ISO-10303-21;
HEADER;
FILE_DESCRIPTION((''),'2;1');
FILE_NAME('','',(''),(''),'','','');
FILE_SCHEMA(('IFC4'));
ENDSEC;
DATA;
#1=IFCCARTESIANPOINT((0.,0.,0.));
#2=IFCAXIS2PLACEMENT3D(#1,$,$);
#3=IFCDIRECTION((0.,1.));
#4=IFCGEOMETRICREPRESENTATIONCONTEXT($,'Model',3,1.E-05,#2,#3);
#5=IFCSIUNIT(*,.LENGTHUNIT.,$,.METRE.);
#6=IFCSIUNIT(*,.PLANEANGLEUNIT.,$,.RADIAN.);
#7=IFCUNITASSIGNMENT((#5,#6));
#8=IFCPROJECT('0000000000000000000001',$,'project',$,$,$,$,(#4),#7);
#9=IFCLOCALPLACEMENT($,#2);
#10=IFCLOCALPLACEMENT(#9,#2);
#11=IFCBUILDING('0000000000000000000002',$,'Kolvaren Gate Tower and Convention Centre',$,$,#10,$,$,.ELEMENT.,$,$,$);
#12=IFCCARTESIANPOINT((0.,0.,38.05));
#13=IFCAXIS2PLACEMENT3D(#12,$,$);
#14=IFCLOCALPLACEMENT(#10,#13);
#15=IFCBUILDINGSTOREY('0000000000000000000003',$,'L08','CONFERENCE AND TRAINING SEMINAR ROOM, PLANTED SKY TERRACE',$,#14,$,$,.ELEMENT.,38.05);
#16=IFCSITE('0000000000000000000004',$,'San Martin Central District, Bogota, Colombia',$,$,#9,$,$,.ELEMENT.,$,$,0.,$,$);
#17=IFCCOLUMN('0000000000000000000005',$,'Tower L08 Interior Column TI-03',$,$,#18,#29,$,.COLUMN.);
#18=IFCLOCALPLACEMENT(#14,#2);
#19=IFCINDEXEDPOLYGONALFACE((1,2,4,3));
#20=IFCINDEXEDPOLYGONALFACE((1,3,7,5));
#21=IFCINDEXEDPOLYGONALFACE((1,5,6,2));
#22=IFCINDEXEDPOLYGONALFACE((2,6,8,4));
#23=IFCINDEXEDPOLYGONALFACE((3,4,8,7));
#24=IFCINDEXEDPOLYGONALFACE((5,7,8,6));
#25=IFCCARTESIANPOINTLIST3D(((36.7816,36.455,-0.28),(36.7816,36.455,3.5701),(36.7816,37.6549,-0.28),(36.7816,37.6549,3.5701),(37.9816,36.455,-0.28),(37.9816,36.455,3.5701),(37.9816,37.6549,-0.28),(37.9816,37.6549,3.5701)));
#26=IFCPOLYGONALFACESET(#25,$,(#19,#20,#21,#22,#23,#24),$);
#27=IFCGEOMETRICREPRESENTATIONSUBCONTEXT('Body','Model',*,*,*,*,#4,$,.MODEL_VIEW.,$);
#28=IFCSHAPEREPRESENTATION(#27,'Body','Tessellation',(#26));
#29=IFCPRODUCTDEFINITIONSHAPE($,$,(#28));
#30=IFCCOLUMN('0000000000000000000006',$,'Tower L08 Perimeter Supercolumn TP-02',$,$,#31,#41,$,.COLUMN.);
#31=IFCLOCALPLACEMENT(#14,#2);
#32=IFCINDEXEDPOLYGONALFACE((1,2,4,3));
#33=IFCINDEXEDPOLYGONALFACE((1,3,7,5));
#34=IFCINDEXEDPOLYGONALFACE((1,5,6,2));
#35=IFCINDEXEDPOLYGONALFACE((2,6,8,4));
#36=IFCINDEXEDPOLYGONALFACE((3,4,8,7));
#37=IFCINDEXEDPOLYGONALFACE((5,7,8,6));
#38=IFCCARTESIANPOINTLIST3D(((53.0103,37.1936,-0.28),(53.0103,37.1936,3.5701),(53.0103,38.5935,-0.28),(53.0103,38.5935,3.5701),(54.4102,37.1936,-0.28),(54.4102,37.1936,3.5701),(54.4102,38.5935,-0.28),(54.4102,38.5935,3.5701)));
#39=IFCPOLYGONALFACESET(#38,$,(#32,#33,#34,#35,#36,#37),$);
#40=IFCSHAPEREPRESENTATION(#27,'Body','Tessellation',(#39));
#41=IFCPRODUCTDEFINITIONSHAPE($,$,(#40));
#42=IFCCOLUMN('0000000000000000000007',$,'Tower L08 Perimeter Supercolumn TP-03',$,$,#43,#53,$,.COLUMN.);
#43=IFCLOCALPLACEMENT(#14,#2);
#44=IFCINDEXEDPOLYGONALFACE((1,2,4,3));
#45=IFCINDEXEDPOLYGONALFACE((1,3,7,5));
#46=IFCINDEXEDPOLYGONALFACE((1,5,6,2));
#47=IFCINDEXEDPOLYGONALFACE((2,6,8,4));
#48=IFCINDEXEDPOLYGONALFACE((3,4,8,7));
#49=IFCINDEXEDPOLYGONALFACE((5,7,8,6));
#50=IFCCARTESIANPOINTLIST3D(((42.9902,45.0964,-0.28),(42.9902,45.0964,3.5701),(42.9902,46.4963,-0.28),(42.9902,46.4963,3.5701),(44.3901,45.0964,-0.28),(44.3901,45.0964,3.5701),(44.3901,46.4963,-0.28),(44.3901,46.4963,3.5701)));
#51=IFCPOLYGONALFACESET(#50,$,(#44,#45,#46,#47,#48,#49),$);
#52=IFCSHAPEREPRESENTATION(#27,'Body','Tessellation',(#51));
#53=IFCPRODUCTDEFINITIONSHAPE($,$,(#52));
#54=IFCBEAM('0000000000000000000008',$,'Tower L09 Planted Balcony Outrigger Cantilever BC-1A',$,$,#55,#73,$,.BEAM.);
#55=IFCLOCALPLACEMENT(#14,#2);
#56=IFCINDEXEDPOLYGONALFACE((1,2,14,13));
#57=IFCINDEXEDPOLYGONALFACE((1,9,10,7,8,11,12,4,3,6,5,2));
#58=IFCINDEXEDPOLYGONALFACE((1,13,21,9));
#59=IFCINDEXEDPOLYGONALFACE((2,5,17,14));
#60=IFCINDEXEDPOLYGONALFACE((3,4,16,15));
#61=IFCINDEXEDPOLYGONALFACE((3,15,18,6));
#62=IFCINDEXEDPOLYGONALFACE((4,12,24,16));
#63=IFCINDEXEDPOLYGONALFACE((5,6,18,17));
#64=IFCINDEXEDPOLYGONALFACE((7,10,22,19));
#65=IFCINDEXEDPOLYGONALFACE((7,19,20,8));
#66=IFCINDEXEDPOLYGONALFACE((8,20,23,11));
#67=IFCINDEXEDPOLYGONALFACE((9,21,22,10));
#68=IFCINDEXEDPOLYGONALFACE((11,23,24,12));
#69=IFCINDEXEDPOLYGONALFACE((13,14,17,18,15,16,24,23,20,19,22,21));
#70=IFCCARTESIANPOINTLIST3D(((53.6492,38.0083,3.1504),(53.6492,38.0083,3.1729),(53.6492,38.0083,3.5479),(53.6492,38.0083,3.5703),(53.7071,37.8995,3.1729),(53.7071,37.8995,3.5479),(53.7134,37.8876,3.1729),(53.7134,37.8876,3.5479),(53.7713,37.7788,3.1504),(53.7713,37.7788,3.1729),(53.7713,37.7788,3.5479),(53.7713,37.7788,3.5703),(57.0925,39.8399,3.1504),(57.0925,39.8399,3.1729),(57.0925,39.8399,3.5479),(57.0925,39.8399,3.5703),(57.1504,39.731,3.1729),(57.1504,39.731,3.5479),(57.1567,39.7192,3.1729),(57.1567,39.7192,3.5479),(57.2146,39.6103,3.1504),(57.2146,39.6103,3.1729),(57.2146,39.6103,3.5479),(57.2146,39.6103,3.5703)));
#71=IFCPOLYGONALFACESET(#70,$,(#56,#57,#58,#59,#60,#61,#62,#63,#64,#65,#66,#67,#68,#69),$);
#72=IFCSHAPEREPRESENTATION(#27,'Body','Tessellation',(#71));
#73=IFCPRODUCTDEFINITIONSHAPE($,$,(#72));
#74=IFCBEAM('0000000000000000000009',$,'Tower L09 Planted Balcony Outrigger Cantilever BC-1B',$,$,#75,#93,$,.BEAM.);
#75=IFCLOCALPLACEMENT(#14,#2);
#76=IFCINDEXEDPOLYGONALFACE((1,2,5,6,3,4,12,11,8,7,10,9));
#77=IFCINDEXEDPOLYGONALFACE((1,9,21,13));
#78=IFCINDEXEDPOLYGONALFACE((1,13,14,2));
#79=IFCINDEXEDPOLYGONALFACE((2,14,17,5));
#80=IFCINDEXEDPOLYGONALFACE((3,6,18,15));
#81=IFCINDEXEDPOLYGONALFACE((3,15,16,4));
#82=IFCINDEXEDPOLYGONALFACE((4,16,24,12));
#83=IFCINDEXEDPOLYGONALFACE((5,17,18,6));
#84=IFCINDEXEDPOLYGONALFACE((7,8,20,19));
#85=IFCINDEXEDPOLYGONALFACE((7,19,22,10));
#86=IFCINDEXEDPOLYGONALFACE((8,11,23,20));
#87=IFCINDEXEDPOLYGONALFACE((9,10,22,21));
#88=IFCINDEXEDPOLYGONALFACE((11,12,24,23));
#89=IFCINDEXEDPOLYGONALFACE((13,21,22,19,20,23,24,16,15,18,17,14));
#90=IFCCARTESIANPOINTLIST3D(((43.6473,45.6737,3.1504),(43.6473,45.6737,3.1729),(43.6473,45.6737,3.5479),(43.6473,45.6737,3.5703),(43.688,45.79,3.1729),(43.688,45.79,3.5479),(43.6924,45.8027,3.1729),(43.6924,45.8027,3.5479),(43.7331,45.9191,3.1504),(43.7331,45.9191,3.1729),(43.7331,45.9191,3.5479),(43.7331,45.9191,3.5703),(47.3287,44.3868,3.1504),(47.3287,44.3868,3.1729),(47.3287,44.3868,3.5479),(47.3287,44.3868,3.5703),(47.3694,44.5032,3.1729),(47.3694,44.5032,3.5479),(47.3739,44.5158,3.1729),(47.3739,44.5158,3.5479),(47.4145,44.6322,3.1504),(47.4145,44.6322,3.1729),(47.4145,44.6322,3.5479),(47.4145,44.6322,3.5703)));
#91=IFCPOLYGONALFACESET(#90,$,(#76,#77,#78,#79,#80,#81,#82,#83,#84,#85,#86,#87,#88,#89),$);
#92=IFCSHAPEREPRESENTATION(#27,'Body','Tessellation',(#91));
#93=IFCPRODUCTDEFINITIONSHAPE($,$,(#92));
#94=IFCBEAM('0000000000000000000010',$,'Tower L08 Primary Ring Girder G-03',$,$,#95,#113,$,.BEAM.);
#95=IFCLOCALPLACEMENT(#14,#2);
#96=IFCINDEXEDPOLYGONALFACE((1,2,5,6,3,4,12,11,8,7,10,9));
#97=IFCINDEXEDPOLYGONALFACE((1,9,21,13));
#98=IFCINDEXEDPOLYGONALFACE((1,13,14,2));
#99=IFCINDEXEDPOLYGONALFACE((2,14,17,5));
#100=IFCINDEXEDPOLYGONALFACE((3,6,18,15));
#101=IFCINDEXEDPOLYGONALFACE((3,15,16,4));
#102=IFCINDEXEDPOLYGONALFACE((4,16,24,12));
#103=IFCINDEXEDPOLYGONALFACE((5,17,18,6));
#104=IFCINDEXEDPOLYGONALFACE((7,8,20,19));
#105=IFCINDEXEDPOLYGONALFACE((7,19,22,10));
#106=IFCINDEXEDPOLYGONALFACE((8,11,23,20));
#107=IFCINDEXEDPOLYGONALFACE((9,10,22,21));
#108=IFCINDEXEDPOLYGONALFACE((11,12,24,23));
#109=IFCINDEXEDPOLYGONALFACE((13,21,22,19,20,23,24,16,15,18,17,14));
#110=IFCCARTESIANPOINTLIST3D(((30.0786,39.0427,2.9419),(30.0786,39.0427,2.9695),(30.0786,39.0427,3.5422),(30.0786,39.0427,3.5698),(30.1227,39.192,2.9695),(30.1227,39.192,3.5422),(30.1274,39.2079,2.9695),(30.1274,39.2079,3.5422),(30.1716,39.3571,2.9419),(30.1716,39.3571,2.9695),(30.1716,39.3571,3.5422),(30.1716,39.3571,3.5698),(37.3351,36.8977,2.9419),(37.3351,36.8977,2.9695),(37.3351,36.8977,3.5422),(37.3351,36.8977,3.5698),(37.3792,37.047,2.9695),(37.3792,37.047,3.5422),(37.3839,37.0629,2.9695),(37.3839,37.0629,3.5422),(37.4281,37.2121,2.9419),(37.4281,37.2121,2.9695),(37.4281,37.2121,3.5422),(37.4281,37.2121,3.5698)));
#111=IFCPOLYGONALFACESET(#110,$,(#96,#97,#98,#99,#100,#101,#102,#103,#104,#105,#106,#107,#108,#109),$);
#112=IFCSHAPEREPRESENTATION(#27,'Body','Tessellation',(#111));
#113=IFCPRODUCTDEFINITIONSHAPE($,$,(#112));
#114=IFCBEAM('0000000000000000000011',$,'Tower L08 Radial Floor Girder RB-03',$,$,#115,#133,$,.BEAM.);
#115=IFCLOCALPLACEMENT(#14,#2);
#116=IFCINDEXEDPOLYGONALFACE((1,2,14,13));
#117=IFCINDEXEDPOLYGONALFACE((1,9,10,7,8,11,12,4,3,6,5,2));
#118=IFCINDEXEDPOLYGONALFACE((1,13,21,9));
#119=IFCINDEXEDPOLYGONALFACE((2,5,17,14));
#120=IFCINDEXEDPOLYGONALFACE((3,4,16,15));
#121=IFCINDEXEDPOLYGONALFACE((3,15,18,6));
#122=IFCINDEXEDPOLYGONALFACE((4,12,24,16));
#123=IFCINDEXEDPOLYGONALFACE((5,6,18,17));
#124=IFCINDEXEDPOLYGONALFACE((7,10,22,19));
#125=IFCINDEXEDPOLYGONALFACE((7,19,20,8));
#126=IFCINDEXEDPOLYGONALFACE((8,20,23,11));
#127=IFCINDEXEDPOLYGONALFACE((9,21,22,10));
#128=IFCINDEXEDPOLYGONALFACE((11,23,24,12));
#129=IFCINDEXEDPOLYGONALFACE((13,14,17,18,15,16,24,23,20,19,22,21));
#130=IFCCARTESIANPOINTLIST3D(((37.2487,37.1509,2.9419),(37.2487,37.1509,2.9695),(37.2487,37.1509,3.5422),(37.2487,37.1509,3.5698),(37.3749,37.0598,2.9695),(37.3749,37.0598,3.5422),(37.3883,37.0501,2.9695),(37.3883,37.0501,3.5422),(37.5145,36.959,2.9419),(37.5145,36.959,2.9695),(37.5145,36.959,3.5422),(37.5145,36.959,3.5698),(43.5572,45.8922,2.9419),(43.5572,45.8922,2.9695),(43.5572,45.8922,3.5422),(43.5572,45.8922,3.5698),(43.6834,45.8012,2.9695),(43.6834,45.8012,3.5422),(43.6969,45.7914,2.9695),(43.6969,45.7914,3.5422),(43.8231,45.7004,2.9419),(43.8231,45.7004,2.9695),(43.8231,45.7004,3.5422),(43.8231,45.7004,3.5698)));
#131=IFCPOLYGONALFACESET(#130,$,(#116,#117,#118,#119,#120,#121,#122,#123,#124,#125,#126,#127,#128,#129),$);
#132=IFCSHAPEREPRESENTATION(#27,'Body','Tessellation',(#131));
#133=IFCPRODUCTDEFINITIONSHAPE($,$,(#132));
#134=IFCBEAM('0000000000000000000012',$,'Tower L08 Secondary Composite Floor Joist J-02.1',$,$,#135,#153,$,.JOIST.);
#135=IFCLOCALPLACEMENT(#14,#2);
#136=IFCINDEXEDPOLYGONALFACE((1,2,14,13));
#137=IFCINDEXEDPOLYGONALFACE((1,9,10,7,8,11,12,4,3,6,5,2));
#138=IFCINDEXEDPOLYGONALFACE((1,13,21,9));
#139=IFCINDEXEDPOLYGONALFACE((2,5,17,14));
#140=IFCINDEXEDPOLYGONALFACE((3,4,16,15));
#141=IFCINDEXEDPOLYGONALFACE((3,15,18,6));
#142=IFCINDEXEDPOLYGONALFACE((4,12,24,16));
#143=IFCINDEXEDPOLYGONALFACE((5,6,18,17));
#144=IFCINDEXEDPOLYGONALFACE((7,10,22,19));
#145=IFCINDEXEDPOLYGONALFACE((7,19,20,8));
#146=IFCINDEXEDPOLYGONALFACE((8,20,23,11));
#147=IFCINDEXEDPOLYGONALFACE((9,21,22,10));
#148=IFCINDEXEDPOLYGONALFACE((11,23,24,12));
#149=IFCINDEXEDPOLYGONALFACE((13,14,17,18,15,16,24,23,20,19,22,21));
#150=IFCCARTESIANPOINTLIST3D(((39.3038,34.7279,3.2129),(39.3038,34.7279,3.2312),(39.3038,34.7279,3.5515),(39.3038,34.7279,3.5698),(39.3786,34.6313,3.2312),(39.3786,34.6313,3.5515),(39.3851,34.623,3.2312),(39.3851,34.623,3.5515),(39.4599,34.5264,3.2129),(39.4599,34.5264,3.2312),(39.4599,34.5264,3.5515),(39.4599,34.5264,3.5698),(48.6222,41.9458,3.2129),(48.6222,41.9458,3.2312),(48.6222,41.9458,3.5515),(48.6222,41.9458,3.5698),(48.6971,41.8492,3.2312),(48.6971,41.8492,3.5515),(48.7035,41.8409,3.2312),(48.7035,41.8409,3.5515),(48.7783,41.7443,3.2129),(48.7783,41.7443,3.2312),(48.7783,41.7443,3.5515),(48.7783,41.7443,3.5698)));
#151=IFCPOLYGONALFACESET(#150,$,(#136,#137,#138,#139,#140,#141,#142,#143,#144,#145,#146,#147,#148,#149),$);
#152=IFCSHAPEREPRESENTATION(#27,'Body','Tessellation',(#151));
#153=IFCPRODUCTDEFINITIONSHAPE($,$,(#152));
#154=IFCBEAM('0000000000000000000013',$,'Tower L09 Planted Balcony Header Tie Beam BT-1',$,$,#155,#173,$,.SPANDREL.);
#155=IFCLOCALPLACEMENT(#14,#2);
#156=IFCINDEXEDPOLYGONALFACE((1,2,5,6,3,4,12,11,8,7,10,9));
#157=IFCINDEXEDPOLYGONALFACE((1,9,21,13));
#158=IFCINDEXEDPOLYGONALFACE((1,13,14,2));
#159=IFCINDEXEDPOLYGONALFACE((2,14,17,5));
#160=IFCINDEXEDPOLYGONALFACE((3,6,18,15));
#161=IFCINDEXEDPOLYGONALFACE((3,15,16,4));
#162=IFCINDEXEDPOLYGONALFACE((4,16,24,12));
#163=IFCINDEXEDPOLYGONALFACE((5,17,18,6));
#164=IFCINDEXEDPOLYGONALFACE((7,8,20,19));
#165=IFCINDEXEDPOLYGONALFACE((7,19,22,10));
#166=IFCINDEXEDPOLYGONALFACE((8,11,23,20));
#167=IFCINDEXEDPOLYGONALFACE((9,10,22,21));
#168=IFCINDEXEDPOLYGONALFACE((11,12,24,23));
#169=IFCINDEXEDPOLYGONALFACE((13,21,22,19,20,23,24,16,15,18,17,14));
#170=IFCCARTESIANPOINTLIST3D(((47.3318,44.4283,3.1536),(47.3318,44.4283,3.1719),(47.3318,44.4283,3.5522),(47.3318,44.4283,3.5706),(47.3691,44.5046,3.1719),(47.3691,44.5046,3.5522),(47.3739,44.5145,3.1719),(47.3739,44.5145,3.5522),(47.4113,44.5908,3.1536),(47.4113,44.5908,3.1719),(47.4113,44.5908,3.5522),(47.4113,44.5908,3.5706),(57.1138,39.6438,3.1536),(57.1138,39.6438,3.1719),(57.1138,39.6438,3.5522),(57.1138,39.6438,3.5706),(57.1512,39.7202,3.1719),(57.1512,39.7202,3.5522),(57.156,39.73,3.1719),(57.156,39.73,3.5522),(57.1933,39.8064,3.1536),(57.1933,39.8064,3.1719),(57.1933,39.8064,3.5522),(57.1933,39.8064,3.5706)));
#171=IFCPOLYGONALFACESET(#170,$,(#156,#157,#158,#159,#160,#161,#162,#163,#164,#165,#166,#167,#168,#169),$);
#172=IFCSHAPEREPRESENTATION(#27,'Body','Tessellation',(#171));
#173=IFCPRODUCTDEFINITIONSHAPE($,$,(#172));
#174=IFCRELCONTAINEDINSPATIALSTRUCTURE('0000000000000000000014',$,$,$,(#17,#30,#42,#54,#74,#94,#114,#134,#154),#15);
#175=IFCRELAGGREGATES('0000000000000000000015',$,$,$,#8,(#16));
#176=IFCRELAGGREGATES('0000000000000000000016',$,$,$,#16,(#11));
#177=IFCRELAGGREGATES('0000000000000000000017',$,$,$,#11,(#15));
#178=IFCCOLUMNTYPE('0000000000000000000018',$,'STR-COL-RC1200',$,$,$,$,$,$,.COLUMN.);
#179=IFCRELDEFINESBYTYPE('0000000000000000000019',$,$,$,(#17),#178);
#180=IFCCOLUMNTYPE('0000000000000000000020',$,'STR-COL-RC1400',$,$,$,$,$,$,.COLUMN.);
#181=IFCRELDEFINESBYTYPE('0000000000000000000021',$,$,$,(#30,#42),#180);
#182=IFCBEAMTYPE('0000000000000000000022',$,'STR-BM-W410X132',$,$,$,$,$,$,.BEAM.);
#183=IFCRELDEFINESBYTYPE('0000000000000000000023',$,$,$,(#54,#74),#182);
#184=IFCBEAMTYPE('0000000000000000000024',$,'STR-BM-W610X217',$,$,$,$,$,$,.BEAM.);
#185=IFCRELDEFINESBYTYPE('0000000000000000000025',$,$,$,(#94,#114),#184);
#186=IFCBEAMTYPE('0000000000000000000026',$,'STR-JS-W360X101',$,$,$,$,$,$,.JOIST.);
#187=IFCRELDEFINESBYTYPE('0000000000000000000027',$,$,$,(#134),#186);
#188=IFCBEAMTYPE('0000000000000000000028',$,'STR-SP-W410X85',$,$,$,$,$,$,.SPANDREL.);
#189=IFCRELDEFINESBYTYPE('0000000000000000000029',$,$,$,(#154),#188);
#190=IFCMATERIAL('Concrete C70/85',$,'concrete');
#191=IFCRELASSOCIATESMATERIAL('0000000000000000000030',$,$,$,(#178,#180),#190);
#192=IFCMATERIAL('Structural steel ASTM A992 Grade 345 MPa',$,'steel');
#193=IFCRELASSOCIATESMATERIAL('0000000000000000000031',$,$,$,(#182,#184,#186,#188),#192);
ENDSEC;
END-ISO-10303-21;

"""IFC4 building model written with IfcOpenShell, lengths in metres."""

from ifc_helpers import new_model, si_unit, direction, frame, origin, origin_2d, place, context, subcontext, project, spatial, rectangle, i_section, extrude, material, material_profile, profile_set, type_object, element, save


model = new_model("IFC4")

# Units and contexts
model_context = context("Model", 3, precision=1e-05, world=origin(), true_north=direction((0.0, 1.0)))
body_context = subcontext(model_context, "Body", "Model", "MODEL_VIEW")
ifc_project = project(units=[si_unit("LENGTHUNIT", "METRE"), si_unit("PLANEANGLEUNIT", "RADIAN")], contexts=[model_context])

# Site, building, storey
site_placement = place(None, origin())
site = spatial("IfcSite", under=ifc_project, at=site_placement, Name="San Martin Central District, Bogota, Colombia", CompositionType="ELEMENT", RefElevation=0.0)
building_placement = place(site_placement, origin())
building = spatial("IfcBuilding", under=site, at=building_placement, Name="Kolvaren Gate Tower and Convention Centre", CompositionType="ELEMENT")
storey_placement = place(building_placement, frame((0.0, 0.0, 38.05)))
storey = spatial("IfcBuildingStorey", under=building, at=storey_placement, Name="L08", Description="CONFERENCE AND TRAINING SEMINAR ROOM, PLANTED SKY TERRACE", CompositionType="ELEMENT", Elevation=38.05)

# Columns
ifc_material_1 = material(Name="Concrete C70/85", Category="concrete")
ifc_material_profile_1 = material_profile(ifc_material_1, rectangle(XDim=1.2, YDim=1.2, at=origin_2d()), Name="RC-COL-1200X1200")
ifc_profile_set_1 = profile_set([ifc_material_profile_1], Name="Concrete C70/85")
column_type_1 = type_object("IfcColumnType", Name="STR-COL-RC1200", PredefinedType="COLUMN", material=ifc_profile_set_1)
column_placement = place(storey_placement, frame((37.3816, 37.0549, -0.28), z_axis=(0.0, 0.0, 1.0), x_axis=(1.0, 0.0, 0.0)))
element("IfcColumn", 1, at=column_placement, inside=storey, type_object=column_type_1, Name="Tower L08 Interior Column TI-03", PredefinedType="COLUMN", context=body_context, shape_type="SweptSolid", body=[
    extrude(rectangle(XDim=1.2, YDim=1.2, at=origin_2d()), origin(), (0.0, 0.0, 1.0), 3.8501),
])
ifc_material_profile_2 = material_profile(ifc_material_1, rectangle(XDim=1.3999, YDim=1.3999, at=origin_2d()), Name="RC-COL-1400X1400")
ifc_profile_set_2 = profile_set([ifc_material_profile_2], Name="Concrete C70/85")
column_type_2 = type_object("IfcColumnType", Name="STR-COL-RC1400", PredefinedType="COLUMN", material=ifc_profile_set_2)
for number, where, z_axis, x_axis, name in (
    (2, (53.7102, 37.8936, -0.28), (0.0, 0.0, 1.0), (1.0, 0.0, 0.0), "Tower L08 Perimeter Supercolumn TP-02"),
    (3, (43.6902, 45.7964, -0.28), (0.0, 0.0, 1.0), (1.0, 0.0, 0.0), "Tower L08 Perimeter Supercolumn TP-03"),
):
    element("IfcColumn", number, at=place(storey_placement, frame(where, z_axis=z_axis, x_axis=x_axis)), inside=storey, type_object=column_type_2, Name=name, PredefinedType="COLUMN", context=body_context, shape_type="SweptSolid", body=[
        extrude(rectangle(XDim=1.3999, YDim=1.3999, at=origin_2d()), origin(), (0.0, 0.0, 1.0), 3.8501),
    ])

# Beams
ifc_material_2 = material(Name="Structural steel ASTM A992 Grade 345 MPa", Category="steel")
ifc_material_profile_3 = material_profile(ifc_material_2, i_section(OverallWidth=0.26, OverallDepth=0.4199, WebThickness=0.0134, FlangeThickness=0.0225, at=origin_2d()), Name="W410X132")
ifc_profile_set_3 = profile_set([ifc_material_profile_3], Name="Structural steel ASTM A992 Grade 345 MPa")
beam_type_1 = type_object("IfcBeamType", Name="STR-BM-W410X132", PredefinedType="BEAM", material=ifc_profile_set_3)
beam_1_placement = place(storey_placement, frame((53.7102, 37.8936, 3.3604), z_axis=(0.882876, 0.469607, 0.0), x_axis=(-0.469607, 0.882876, 0.0)))
element("IfcBeam", 4, at=beam_1_placement, inside=storey, type_object=beam_type_1, Name="Tower L09 Planted Balcony Outrigger Cantilever BC-1A", PredefinedType="BEAM", context=body_context, shape_type="SweptSolid", body=[
    extrude(i_section(OverallWidth=0.26, OverallDepth=0.4199, WebThickness=0.0134, FlangeThickness=0.0225, at=origin_2d()), origin(), (0.0, 0.0, 1.0), 3.9001),
])
beam_2_placement = place(storey_placement, frame((43.6902, 45.7964, 3.3604), z_axis=(0.943988, -0.32998, 0.0), x_axis=(0.32998, 0.943988, 0.0)))
element("IfcBeam", 5, at=beam_2_placement, inside=storey, type_object=beam_type_1, Name="Tower L09 Planted Balcony Outrigger Cantilever BC-1B", PredefinedType="BEAM", context=body_context, shape_type="SweptSolid", body=[
    extrude(i_section(OverallWidth=0.26, OverallDepth=0.4199, WebThickness=0.0134, FlangeThickness=0.0225, at=origin_2d()), origin(), (0.0, 0.0, 1.0), 3.8999),
])
ifc_material_profile_4 = material_profile(ifc_material_2, i_section(OverallWidth=0.3279, OverallDepth=0.6279, WebThickness=0.0166, FlangeThickness=0.0276, at=origin_2d()), Name="W610X217")
ifc_profile_set_4 = profile_set([ifc_material_profile_4], Name="Structural steel ASTM A992 Grade 345 MPa")
beam_type_2 = type_object("IfcBeamType", Name="STR-BM-W610X217", PredefinedType="BEAM", material=ifc_profile_set_4)
beam_3_placement = place(storey_placement, frame((37.3816, 37.0549, 3.2559), z_axis=(-0.958981, 0.283471, 0.0), x_axis=(-0.283471, -0.958981, 0.0)))
element("IfcBeam", 6, at=beam_3_placement, inside=storey, type_object=beam_type_2, Name="Tower L08 Primary Ring Girder G-03", PredefinedType="BEAM", context=body_context, shape_type="SweptSolid", body=[
    extrude(i_section(OverallWidth=0.3279, OverallDepth=0.6279, WebThickness=0.0166, FlangeThickness=0.0276, at=origin_2d()), origin(), (0.0, 0.0, 1.0), 7.5669),
])
beam_4_placement = place(storey_placement, frame((37.3816, 37.0549, 3.2559), z_axis=(0.585205, 0.810885, 0.0), x_axis=(-0.810885, 0.585205, 0.0)))
element("IfcBeam", 7, at=beam_4_placement, inside=storey, type_object=beam_type_2, Name="Tower L08 Radial Floor Girder RB-03", PredefinedType="BEAM", context=body_context, shape_type="SweptSolid", body=[
    extrude(i_section(OverallWidth=0.3279, OverallDepth=0.6279, WebThickness=0.0166, FlangeThickness=0.0276, at=origin_2d()), origin(), (0.0, 0.0, 1.0), 10.78),
])
ifc_material_profile_5 = material_profile(ifc_material_2, i_section(OverallWidth=0.2549, OverallDepth=0.3569, WebThickness=0.0105, FlangeThickness=0.0183, at=origin_2d()), Name="W360X101")
ifc_profile_set_5 = profile_set([ifc_material_profile_5], Name="Structural steel ASTM A992 Grade 345 MPa")
beam_type_3 = type_object("IfcBeamType", Name="STR-JS-W360X101", PredefinedType="JOIST", material=ifc_profile_set_5)
beam_5_placement = place(storey_placement, frame((39.3818, 34.6272, 3.3914), z_axis=(0.790577, 0.612362, 0.0), x_axis=(-0.612362, 0.790577, 0.0)))
element("IfcBeam", 8, at=beam_5_placement, inside=storey, type_object=beam_type_3, Name="Tower L08 Secondary Composite Floor Joist J-02.1", PredefinedType="JOIST", context=body_context, shape_type="SweptSolid", body=[
    extrude(i_section(OverallWidth=0.2549, OverallDepth=0.3569, WebThickness=0.0105, FlangeThickness=0.0183, at=origin_2d()), origin(), (0.0, 0.0, 1.0), 11.7869),
])
ifc_material_profile_6 = material_profile(ifc_material_2, i_section(OverallWidth=0.1809, OverallDepth=0.417, WebThickness=0.011, FlangeThickness=0.0183, at=origin_2d()), Name="W410X85")
ifc_profile_set_6 = profile_set([ifc_material_profile_6], Name="Structural steel ASTM A992 Grade 345 MPa")
beam_type_4 = type_object("IfcBeamType", Name="STR-SP-W410X85", PredefinedType="SPANDREL", material=ifc_profile_set_6)
beam_6_placement = place(storey_placement, frame((57.1536, 39.7251, 3.3621), z_axis=(-0.898307, 0.439367, 0.0), x_axis=(-0.439367, -0.898307, 0.0)))
element("IfcBeam", 9, at=beam_6_placement, inside=storey, type_object=beam_type_4, Name="Tower L09 Planted Balcony Header Tie Beam BT-1", PredefinedType="SPANDREL", context=body_context, shape_type="SweptSolid", body=[
    extrude(i_section(OverallWidth=0.1809, OverallDepth=0.417, WebThickness=0.011, FlangeThickness=0.0183, at=origin_2d()), origin(), (0.0, 0.0, 1.0), 10.8894),
])

save(model, "model.ifc")
